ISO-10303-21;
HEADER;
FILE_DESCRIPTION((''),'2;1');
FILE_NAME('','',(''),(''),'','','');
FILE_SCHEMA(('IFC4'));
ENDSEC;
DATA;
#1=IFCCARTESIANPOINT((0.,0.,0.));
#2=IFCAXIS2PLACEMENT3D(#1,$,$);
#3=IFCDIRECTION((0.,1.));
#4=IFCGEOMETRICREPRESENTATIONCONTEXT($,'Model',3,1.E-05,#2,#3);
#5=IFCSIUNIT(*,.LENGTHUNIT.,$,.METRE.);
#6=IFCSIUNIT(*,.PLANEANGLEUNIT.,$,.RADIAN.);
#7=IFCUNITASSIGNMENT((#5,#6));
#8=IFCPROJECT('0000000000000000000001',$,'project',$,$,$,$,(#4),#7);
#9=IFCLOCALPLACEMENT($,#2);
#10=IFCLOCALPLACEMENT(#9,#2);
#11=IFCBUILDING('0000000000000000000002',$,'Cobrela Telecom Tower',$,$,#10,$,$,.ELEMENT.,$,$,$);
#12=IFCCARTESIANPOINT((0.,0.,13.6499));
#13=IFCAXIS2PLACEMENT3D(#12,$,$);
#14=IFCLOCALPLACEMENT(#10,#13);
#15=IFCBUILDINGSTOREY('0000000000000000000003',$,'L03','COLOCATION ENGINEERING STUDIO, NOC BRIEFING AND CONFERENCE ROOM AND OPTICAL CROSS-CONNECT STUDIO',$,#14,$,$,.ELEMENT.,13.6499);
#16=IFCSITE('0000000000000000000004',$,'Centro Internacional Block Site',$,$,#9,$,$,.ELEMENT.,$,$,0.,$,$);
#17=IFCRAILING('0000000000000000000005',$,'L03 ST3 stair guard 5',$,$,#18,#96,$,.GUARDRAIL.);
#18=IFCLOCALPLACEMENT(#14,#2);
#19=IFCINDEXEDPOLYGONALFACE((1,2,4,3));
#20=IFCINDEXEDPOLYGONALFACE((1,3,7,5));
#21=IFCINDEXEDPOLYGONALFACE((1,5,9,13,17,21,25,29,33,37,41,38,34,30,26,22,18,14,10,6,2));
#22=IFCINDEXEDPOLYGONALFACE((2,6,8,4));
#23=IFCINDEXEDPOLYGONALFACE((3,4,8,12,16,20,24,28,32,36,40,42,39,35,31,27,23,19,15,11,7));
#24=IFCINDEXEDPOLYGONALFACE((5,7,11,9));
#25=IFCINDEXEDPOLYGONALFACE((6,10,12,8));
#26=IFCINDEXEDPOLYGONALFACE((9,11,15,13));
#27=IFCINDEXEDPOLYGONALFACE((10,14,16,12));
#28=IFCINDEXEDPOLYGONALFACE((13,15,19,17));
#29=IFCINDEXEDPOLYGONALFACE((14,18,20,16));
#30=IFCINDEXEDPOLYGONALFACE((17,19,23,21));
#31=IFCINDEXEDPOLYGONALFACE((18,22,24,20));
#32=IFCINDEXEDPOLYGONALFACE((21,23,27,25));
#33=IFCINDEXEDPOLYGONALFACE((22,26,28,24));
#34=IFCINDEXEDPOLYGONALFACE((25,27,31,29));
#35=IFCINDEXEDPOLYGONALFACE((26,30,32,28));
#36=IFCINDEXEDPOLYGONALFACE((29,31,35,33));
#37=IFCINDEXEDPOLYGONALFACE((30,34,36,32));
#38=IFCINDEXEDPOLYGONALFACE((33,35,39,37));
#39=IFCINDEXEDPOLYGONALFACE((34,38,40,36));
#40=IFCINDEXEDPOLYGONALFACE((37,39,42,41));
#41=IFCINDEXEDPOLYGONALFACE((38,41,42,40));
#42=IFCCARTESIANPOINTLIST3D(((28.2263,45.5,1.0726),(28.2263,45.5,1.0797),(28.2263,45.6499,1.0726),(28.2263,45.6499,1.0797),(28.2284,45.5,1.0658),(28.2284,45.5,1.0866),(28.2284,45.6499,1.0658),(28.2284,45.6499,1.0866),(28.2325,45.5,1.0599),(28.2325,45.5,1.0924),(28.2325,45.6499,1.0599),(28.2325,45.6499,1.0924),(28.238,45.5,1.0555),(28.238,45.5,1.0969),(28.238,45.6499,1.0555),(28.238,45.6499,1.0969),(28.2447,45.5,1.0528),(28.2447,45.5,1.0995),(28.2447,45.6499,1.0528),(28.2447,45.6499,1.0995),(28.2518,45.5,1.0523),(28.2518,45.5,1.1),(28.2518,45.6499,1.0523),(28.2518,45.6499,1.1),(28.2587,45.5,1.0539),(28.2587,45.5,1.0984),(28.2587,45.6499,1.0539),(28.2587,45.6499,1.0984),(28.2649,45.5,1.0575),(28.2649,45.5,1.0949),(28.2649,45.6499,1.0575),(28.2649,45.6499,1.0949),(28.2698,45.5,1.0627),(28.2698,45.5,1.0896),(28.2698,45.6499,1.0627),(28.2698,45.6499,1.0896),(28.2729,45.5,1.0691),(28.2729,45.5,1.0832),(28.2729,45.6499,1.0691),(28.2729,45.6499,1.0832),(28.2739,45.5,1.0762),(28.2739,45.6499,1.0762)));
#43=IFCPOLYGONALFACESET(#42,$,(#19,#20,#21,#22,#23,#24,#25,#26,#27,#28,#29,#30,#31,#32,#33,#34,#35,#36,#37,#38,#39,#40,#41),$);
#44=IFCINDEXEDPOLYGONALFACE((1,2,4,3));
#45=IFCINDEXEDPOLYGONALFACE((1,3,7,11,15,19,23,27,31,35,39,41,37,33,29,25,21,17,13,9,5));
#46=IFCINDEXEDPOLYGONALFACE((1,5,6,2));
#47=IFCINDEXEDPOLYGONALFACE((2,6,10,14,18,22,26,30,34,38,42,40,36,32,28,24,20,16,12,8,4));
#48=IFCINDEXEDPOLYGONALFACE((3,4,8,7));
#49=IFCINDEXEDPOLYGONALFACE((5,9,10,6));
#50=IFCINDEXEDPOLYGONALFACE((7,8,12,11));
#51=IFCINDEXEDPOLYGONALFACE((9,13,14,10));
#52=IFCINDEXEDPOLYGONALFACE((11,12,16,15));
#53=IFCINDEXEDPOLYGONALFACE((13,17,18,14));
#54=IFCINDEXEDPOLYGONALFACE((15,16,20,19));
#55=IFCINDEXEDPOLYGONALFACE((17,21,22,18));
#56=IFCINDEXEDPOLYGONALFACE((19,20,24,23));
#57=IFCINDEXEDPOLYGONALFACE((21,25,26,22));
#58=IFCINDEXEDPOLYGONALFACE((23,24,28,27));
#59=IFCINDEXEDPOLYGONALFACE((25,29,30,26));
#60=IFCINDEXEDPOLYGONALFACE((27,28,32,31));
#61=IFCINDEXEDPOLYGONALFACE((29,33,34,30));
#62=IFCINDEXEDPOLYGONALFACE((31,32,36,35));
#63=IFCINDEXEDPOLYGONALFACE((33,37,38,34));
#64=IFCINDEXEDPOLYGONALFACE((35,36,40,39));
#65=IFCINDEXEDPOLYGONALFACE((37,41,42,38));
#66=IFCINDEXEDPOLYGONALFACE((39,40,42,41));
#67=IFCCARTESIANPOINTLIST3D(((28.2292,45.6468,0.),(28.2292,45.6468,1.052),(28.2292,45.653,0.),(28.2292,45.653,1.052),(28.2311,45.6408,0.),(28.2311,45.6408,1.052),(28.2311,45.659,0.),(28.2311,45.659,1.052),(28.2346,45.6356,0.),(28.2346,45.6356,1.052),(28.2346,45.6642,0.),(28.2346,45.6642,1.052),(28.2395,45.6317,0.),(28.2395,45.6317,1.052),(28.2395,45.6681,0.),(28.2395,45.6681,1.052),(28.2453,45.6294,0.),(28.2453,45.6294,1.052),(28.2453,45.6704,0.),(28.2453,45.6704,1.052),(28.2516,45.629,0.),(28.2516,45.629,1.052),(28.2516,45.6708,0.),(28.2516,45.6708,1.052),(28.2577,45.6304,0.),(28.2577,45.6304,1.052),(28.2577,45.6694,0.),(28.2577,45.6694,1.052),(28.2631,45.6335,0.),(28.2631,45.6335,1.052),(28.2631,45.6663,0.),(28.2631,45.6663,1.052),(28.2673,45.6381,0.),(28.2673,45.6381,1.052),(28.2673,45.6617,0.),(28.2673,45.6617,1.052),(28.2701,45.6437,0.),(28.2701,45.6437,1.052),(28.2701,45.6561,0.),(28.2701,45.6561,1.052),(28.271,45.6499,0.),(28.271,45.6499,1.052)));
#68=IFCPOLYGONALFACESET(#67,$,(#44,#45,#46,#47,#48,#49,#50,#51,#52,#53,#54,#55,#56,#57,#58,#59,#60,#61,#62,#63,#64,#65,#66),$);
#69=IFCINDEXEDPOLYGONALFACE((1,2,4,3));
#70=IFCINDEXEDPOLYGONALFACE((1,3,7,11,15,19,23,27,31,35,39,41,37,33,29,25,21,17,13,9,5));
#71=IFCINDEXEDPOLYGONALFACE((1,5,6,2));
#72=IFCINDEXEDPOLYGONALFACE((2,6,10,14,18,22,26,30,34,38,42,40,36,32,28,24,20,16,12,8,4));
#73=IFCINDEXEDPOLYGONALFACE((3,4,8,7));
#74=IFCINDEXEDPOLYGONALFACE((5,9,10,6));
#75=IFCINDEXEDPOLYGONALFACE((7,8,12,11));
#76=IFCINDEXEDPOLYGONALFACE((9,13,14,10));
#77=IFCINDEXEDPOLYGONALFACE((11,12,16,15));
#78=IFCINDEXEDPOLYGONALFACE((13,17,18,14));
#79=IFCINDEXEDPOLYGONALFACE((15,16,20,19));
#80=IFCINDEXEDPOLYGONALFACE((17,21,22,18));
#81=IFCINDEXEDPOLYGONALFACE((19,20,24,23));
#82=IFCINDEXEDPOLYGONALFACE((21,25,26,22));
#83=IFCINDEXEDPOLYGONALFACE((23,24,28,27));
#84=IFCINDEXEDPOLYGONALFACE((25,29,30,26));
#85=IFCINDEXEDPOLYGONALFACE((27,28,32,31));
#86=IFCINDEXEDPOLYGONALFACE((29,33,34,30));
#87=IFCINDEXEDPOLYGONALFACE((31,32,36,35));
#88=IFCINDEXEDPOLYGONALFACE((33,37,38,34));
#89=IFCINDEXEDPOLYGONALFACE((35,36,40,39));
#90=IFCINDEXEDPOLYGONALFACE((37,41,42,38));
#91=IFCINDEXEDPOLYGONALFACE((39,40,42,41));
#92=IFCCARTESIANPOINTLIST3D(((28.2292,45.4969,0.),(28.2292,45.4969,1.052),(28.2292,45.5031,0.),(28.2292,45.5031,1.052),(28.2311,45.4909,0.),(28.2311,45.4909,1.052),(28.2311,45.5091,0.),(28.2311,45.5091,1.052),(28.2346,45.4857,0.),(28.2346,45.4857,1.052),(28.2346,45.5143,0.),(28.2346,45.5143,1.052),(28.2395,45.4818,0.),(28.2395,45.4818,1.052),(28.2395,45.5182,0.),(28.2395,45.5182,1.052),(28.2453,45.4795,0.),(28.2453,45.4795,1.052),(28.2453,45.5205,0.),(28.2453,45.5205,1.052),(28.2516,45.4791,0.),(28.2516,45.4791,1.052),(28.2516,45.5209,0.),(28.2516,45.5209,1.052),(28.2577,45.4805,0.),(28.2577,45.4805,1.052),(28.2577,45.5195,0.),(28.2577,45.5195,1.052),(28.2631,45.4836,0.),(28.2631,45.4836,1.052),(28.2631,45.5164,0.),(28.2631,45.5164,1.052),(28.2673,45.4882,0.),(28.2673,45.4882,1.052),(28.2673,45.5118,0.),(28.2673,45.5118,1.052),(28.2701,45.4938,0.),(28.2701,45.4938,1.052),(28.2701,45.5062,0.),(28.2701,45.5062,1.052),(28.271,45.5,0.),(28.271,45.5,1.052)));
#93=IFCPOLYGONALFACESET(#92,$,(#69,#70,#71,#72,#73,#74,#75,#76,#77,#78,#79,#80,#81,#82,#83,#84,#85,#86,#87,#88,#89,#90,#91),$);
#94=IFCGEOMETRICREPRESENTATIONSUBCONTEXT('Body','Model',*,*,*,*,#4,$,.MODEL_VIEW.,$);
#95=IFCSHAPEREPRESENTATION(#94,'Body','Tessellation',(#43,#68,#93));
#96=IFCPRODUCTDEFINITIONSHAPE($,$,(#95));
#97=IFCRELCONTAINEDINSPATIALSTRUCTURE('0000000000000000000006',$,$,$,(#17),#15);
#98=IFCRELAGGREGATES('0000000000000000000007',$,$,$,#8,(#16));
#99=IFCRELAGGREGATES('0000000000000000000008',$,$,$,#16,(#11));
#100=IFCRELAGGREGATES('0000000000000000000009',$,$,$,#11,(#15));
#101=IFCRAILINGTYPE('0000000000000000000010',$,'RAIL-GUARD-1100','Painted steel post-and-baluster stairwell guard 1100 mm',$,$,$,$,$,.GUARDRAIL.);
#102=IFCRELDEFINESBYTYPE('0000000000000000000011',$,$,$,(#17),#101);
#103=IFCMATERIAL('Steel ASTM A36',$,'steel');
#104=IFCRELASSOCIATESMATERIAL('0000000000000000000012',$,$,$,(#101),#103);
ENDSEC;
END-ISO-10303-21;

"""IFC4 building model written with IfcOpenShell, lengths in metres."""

from ifc_helpers import new_model, si_unit, direction, frame, origin, origin_2d, place, context, subcontext, project, spatial, circle, extrude, material, type_object, element, save


model = new_model("IFC4")

# Units and contexts
model_context = context("Model", 3, precision=1e-05, world=origin(), true_north=direction((0.0, 1.0)))
body_context = subcontext(model_context, "Body", "Model", "MODEL_VIEW")
ifc_project = project(units=[si_unit("LENGTHUNIT", "METRE"), si_unit("PLANEANGLEUNIT", "RADIAN")], contexts=[model_context])

# Site, building, storey
site_placement = place(None, origin())
site = spatial("IfcSite", under=ifc_project, at=site_placement, Name="Centro Internacional Block Site", CompositionType="ELEMENT", RefElevation=0.0)
building_placement = place(site_placement, origin())
building = spatial("IfcBuilding", under=site, at=building_placement, Name="Cobrela Telecom Tower", CompositionType="ELEMENT")
storey_placement = place(building_placement, frame((0.0, 0.0, 13.6499)))
storey = spatial("IfcBuildingStorey", under=building, at=storey_placement, Name="L03", Description="COLOCATION ENGINEERING STUDIO, NOC BRIEFING AND CONFERENCE ROOM AND OPTICAL CROSS-CONNECT STUDIO", CompositionType="ELEMENT", Elevation=13.6499)

# Shared definitions
ifc_material_1 = material(Name="Steel ASTM A36", Category="steel")

# Railing
railing_type_1 = type_object("IfcRailingType", Name="RAIL-GUARD-1100", Description="Painted steel post-and-baluster stairwell guard 1100 mm", PredefinedType="GUARDRAIL", material=ifc_material_1)
railing_1_placement = place(storey_placement, frame((28.25, 45.6499, 0.0)))
element("IfcRailing", 1, at=railing_1_placement, inside=storey, type_object=railing_type_1, Name="L03 ST3 stair guard 5", PredefinedType="GUARDRAIL", context=body_context, shape_type="SweptSolid", body=[
    extrude(circle(Radius=0.0239, at=origin_2d()), frame((0.0, 0.0, 1.0762), z_axis=(0.0, -1.0, 0.0), x_axis=(1.0, 0.0, 0.0)), (0.0, 0.0, 1.0), 0.1499),
    extrude(circle(Radius=0.021, at=origin_2d()), origin(), (0.0, 0.0, 1.0), 1.052),
    extrude(circle(Radius=0.021, at=origin_2d()), frame((0.0, -0.1499, 0.0)), (0.0, 0.0, 1.0), 1.052),
])

save(model, "model.ifc")
